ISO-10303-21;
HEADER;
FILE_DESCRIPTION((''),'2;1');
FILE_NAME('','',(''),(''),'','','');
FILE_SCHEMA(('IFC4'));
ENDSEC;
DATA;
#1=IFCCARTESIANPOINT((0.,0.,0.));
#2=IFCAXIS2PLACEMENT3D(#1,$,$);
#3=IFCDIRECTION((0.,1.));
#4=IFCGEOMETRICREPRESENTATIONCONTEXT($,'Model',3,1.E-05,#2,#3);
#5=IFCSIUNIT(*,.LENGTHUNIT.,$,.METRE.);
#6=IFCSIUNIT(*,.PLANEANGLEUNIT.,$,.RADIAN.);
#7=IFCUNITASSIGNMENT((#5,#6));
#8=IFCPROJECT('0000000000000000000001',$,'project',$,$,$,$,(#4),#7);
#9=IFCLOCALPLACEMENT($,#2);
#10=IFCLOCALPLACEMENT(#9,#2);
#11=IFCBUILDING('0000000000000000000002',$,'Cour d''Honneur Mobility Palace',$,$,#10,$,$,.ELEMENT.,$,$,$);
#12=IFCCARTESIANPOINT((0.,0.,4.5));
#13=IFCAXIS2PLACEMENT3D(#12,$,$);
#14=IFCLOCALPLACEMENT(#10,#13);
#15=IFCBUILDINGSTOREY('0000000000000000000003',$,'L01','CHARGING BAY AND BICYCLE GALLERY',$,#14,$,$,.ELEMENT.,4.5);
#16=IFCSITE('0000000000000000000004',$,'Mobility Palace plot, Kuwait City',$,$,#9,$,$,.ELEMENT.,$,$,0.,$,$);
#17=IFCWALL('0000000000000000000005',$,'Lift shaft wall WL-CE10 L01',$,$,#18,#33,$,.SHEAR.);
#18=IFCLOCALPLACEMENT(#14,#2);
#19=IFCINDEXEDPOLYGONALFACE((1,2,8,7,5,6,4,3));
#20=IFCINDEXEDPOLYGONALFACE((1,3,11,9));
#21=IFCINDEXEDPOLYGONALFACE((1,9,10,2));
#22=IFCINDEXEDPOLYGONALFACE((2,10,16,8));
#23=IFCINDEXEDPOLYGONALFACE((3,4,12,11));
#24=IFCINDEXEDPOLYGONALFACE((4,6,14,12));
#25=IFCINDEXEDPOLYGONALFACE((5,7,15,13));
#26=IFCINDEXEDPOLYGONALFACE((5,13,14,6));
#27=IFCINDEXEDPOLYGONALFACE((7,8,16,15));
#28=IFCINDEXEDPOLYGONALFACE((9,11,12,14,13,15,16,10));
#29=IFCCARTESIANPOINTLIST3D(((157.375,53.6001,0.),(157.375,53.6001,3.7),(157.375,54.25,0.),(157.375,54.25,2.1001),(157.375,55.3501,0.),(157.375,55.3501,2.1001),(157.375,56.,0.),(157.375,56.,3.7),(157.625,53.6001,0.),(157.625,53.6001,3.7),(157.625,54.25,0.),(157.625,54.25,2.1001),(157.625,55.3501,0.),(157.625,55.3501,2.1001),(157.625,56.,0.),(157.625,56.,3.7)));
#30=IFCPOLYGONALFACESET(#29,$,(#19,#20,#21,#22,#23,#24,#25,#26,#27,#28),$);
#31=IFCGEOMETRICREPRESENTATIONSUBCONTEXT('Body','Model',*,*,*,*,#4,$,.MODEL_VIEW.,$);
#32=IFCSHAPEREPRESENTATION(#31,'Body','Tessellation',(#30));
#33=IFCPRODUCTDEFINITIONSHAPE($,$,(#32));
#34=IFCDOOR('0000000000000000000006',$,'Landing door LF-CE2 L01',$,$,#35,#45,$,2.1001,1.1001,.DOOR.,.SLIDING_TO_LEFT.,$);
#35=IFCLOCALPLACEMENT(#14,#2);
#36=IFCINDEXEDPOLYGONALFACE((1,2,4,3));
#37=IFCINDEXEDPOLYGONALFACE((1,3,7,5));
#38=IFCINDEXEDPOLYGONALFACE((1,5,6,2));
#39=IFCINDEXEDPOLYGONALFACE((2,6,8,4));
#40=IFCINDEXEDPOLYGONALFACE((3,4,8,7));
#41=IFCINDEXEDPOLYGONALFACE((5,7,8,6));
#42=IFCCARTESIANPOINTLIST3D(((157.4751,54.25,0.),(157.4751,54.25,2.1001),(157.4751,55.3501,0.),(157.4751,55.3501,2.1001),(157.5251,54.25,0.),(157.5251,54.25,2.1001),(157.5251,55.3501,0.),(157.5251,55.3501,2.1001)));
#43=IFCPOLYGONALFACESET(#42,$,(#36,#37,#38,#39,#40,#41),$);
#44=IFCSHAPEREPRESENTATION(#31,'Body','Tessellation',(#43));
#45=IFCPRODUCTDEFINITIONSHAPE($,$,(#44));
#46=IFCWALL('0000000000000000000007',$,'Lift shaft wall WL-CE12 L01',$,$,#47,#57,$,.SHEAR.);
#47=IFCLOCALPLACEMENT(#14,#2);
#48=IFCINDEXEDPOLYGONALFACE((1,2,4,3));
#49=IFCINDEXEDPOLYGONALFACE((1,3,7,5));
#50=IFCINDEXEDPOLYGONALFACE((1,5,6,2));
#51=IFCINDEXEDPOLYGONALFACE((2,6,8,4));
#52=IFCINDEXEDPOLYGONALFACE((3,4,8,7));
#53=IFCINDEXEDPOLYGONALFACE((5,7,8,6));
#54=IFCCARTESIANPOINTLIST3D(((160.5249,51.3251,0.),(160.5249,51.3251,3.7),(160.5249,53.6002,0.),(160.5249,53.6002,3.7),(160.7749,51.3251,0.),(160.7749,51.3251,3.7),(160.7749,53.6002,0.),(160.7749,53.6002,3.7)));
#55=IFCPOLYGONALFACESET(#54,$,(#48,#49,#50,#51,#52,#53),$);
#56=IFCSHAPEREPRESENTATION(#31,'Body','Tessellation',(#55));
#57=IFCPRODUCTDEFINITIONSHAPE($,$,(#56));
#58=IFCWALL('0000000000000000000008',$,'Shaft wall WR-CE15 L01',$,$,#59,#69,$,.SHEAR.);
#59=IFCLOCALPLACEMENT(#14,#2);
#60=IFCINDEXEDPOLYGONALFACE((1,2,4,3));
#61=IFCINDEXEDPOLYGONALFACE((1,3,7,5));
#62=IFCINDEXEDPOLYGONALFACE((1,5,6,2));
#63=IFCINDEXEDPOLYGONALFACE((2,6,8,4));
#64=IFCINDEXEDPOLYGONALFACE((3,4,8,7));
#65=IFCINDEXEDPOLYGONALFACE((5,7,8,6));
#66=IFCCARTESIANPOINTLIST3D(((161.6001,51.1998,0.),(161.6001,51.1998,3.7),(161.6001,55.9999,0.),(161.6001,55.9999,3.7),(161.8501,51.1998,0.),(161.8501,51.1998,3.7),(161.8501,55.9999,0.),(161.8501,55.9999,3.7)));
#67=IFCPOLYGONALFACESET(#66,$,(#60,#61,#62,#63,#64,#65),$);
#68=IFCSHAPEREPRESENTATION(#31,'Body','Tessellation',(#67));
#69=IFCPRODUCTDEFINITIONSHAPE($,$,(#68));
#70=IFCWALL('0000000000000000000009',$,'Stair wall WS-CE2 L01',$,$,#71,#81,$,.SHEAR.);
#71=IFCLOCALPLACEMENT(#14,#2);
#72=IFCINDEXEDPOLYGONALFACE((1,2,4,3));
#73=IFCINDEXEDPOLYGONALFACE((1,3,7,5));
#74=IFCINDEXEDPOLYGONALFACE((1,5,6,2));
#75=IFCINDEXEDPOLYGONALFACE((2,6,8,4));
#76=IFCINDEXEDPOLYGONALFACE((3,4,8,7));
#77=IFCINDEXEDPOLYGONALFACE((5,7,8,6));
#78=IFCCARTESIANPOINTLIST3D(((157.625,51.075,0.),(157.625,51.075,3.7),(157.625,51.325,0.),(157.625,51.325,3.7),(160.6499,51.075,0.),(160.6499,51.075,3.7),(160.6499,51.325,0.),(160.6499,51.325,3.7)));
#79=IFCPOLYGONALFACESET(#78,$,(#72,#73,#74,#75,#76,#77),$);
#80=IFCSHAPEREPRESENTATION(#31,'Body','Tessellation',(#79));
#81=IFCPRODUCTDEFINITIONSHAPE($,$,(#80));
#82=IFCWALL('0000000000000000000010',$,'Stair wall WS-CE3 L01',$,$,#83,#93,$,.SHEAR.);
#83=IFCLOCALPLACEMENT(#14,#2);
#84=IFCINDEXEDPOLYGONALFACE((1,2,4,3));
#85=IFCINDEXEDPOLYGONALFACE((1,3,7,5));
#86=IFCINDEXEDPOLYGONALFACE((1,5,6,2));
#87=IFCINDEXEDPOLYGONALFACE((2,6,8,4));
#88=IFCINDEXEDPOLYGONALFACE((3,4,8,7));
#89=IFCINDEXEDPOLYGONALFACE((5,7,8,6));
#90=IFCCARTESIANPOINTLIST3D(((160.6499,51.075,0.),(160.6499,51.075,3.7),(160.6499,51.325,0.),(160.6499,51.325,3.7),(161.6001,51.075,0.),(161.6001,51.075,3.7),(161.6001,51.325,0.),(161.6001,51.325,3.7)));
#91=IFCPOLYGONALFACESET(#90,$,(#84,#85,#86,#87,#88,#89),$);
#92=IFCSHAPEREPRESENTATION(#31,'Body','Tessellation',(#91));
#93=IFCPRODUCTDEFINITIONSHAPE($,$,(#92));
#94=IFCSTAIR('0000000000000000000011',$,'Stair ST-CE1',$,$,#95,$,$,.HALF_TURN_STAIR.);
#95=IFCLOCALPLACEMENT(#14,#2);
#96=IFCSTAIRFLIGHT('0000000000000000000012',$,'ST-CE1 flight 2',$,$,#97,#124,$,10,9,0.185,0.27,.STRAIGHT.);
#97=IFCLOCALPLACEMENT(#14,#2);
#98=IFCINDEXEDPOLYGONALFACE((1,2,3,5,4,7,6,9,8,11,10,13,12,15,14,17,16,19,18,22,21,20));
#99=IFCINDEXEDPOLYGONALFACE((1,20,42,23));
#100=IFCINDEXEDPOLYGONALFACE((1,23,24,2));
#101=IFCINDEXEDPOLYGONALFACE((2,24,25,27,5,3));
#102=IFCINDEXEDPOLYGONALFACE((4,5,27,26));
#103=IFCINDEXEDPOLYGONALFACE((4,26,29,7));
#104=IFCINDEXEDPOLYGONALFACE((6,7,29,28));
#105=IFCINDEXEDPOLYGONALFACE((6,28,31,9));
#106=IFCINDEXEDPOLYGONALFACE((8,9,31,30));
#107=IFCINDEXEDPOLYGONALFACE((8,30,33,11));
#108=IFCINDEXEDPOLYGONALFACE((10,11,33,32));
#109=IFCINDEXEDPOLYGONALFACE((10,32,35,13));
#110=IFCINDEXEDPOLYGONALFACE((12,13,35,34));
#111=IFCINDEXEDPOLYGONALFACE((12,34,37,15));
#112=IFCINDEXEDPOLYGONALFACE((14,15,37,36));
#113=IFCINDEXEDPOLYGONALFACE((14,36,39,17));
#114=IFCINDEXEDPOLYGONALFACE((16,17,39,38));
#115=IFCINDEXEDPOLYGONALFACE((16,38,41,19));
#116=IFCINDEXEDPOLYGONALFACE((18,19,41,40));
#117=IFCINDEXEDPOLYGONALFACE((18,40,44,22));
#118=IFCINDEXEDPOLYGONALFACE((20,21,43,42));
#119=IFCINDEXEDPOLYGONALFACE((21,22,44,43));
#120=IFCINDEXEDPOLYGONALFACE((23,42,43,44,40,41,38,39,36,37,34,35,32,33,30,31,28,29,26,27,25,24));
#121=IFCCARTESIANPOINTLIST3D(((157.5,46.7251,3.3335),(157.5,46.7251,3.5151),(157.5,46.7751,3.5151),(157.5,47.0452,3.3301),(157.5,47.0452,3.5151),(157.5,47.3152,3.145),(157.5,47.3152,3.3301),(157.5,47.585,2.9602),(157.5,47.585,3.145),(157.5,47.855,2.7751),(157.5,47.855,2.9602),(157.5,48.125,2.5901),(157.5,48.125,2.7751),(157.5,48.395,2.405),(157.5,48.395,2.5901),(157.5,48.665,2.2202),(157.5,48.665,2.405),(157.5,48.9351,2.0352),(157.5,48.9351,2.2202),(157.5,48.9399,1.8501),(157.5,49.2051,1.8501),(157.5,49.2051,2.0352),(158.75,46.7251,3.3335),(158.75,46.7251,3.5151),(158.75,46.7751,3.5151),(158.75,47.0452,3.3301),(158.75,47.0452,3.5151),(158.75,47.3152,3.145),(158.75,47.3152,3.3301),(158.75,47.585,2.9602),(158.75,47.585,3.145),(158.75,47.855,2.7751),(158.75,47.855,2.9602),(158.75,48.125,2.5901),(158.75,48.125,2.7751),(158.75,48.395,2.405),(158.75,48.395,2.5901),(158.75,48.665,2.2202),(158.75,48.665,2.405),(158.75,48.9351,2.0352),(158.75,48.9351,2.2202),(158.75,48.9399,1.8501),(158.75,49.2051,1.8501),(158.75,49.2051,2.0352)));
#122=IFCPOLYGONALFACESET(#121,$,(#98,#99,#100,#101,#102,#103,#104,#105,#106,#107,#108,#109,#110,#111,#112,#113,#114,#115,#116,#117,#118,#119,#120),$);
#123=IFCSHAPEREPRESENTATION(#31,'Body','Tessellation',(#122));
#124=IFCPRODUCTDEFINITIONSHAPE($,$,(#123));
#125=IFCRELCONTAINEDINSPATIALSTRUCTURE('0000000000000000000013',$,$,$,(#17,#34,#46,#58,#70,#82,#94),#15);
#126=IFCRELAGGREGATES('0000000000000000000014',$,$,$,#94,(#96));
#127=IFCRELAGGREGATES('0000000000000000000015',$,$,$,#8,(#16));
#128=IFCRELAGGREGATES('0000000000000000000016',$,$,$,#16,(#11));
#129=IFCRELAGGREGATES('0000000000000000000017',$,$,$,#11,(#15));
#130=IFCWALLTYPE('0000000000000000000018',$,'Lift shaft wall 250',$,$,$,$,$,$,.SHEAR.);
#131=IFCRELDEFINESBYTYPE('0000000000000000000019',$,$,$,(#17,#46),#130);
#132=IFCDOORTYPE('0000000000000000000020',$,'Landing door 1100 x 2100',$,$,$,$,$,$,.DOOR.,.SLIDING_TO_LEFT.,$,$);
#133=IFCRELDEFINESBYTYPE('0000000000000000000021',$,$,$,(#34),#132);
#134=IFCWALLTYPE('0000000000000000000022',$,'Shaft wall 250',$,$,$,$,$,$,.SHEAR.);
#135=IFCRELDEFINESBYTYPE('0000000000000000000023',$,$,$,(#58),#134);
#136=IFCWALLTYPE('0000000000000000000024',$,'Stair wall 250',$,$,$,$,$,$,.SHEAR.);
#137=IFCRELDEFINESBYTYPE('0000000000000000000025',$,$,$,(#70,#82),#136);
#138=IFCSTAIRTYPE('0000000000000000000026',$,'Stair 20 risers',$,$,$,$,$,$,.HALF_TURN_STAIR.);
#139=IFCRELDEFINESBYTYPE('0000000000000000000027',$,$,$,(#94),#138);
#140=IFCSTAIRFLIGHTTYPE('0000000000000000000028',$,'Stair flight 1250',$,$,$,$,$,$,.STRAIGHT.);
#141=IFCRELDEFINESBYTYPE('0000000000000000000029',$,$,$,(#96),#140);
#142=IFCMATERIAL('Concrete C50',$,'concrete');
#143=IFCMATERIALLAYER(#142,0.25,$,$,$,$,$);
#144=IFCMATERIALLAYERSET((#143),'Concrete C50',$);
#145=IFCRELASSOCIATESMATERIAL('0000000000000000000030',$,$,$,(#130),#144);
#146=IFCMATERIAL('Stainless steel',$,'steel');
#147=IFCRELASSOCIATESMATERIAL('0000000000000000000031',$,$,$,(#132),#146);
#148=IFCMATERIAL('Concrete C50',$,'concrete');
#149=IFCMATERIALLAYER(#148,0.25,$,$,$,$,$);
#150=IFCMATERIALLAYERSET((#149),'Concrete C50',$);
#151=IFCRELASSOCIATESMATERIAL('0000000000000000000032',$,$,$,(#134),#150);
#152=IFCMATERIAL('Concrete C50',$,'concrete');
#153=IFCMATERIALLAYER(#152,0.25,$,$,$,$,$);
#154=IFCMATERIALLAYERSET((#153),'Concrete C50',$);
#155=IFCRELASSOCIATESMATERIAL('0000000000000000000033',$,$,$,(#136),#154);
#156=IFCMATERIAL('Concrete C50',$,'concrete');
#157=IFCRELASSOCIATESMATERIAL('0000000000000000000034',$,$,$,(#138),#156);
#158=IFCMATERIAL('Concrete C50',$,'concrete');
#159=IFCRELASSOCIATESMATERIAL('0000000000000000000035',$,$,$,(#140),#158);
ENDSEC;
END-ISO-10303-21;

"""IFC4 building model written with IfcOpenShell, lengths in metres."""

from ifc_helpers import new_model, si_unit, direction, frame, frame_2d, origin, place, context, subcontext, project, spatial, polyline, rectangle, outline, extrude, material, layer, layer_set, type_object, element, fill, aggregate, save


model = new_model("IFC4")

# Units and contexts
model_context = context("Model", 3, precision=1e-05, world=origin(), true_north=direction((0.0, 1.0)))
body_context = subcontext(model_context, "Body", "Model", "MODEL_VIEW")
ifc_project = project(units=[si_unit("LENGTHUNIT", "METRE"), si_unit("PLANEANGLEUNIT", "RADIAN")], contexts=[model_context])

# Site, building, storey
site_placement = place(None, origin())
site = spatial("IfcSite", under=ifc_project, at=site_placement, Name="Mobility Palace plot, Kuwait City", CompositionType="ELEMENT", RefElevation=0.0)
building_placement = place(site_placement, origin())
building = spatial("IfcBuilding", under=site, at=building_placement, Name="Cour d'Honneur Mobility Palace", CompositionType="ELEMENT")
storey_placement = place(building_placement, frame((0.0, 0.0, 4.5)))
storey = spatial("IfcBuildingStorey", under=building, at=storey_placement, Name="L01", Description="CHARGING BAY AND BICYCLE GALLERY", CompositionType="ELEMENT", Elevation=4.5)

# Shared definitions
ifc_material_1 = material(Name="Concrete C50", Category="concrete")
ifc_layer_1 = layer(ifc_material_1, 0.25)
ifc_layer_set_1 = layer_set([ifc_layer_1], Name="Concrete C50")
wall_type_1 = type_object("IfcWallType", Name="Lift shaft wall 250", PredefinedType="SHEAR", material=ifc_layer_set_1)

# Wall, opening, door
ifc_material_2 = material(Name="Stainless steel", Category="steel")
door_type = type_object("IfcDoorType", Name="Landing door 1100 x 2100", OperationType="SLIDING_TO_LEFT", PredefinedType="DOOR", material=ifc_material_2)
wall_1_placement = place(storey_placement, frame((157.5, 53.6001, 0.0), z_axis=(0.0, 0.0, 1.0), x_axis=(0.0, 1.0, 0.0)))
wall_1 = element("IfcWall", 1, at=wall_1_placement, inside=storey, type_object=wall_type_1, Name="Lift shaft wall WL-CE10 L01", PredefinedType="SHEAR", context=body_context, shape_type="SweptSolid", body=[
    extrude(rectangle(XDim=2.3999, YDim=0.25, at=frame_2d((1.2, 0.0))), origin(), (0.0, 0.0, 1.0), 3.7),
])
opening_1_placement = place(wall_1_placement, frame((0.6499, 0.0, 0.0)))
opening_1 = element("IfcOpeningElement", 2, at=opening_1_placement, cuts=wall_1, PredefinedType="OPENING", context=body_context, shape_type="SweptSolid", body=[
    extrude(rectangle(XDim=1.1001, YDim=2.1001, at=frame_2d((0.55, 1.05))), frame((0.0, 0.135, 0.0), z_axis=(0.0, -1.0, 0.0), x_axis=(1.0, 0.0, 0.0)), (0.0, 0.0, 1.0), 0.27),
])
door_1_placement = place(opening_1_placement, origin())
door_1 = element("IfcDoor", 3, at=door_1_placement, inside=storey, type_object=door_type, Name="Landing door LF-CE2 L01", OperationType="SLIDING_TO_LEFT", OverallHeight=2.1001, OverallWidth=1.1001, PredefinedType="DOOR", context=body_context, shape_type="SweptSolid", body=[
    extrude(rectangle(XDim=1.1001, YDim=2.1001, at=frame_2d((0.55, 1.05))), frame((0.0, 0.0249, 0.0), z_axis=(0.0, -1.0, 0.0), x_axis=(1.0, 0.0, 0.0)), (0.0, 0.0, 1.0), 0.05),
])
fill(opening_1, door_1)

# Walls
wall_2_placement = place(storey_placement, frame((160.6499, 51.325, 0.0), z_axis=(0.0, 0.0, 1.0), x_axis=(0.0, 1.0, 0.0)))
element("IfcWall", 4, at=wall_2_placement, inside=storey, type_object=wall_type_1, Name="Lift shaft wall WL-CE12 L01", PredefinedType="SHEAR", context=body_context, shape_type="SweptSolid", body=[
    extrude(rectangle(XDim=2.2751, YDim=0.25, at=frame_2d((1.1377, 0.0))), origin(), (0.0, 0.0, 1.0), 3.7),
])
ifc_material_3 = material(Name="Concrete C50", Category="concrete")
ifc_layer_2 = layer(ifc_material_3, 0.25)
ifc_layer_set_2 = layer_set([ifc_layer_2], Name="Concrete C50")
wall_type_2 = type_object("IfcWallType", Name="Shaft wall 250", PredefinedType="SHEAR", material=ifc_layer_set_2)
wall_3_placement = place(storey_placement, frame((161.7251, 51.2, 0.0), z_axis=(0.0, 0.0, 1.0), x_axis=(0.0, 1.0, 0.0)))
element("IfcWall", 5, at=wall_3_placement, inside=storey, type_object=wall_type_2, Name="Shaft wall WR-CE15 L01", PredefinedType="SHEAR", context=body_context, shape_type="SweptSolid", body=[
    extrude(rectangle(XDim=4.8, YDim=0.25, at=frame_2d((2.3999, 0.0))), origin(), (0.0, 0.0, 1.0), 3.7),
])
ifc_material_4 = material(Name="Concrete C50", Category="concrete")
ifc_layer_3 = layer(ifc_material_4, 0.25)
ifc_layer_set_3 = layer_set([ifc_layer_3], Name="Concrete C50")
wall_type_3 = type_object("IfcWallType", Name="Stair wall 250", PredefinedType="SHEAR", material=ifc_layer_set_3)
wall_4_placement = place(storey_placement, frame((157.625, 51.2, 0.0), z_axis=(0.0, 0.0, 1.0), x_axis=(1.0, 0.0, 0.0)))
element("IfcWall", 6, at=wall_4_placement, inside=storey, type_object=wall_type_3, Name="Stair wall WS-CE2 L01", PredefinedType="SHEAR", context=body_context, shape_type="SweptSolid", body=[
    extrude(rectangle(XDim=3.0249, YDim=0.25, at=frame_2d((1.5125, 0.0))), origin(), (0.0, 0.0, 1.0), 3.7),
])
wall_5_placement = place(storey_placement, frame((160.6499, 51.2, 0.0), z_axis=(0.0, 0.0, 1.0), x_axis=(1.0, 0.0, 0.0)))
element("IfcWall", 7, at=wall_5_placement, inside=storey, type_object=wall_type_3, Name="Stair wall WS-CE3 L01", PredefinedType="SHEAR", context=body_context, shape_type="SweptSolid", body=[
    extrude(rectangle(XDim=0.9502, YDim=0.25, at=frame_2d((0.4751, 0.0))), origin(), (0.0, 0.0, 1.0), 3.7),
])

# Stair, stair flight
ifc_material_5 = material(Name="Concrete C50", Category="concrete")
stair_type = type_object("IfcStairType", Name="Stair 20 risers", PredefinedType="HALF_TURN_STAIR", material=ifc_material_5)
stair_placement = place(storey_placement, origin())
stair = element("IfcStair", 8, at=stair_placement, inside=storey, type_object=stair_type, Name="Stair ST-CE1", PredefinedType="HALF_TURN_STAIR")
ifc_material_6 = material(Name="Concrete C50", Category="concrete")
stair_flight_type = type_object("IfcStairFlightType", Name="Stair flight 1250", PredefinedType="STRAIGHT", material=ifc_material_6)
stair_flight_placement = place(storey_placement, frame((158.125, 49.2051, 1.8501), z_axis=(0.0, 0.0, 1.0), x_axis=(0.0, -1.0, 0.0)))
stair_flight = element("IfcStairFlight", 9, at=stair_flight_placement, type_object=stair_flight_type, Name="ST-CE1 flight 2", NumberOfRisers=10, NumberOfTreads=9, PredefinedType="STRAIGHT", RiserHeight=0.185, TreadLength=0.27, context=body_context, shape_type="SweptSolid", body=[
    extrude(outline(polyline([(0.0, 0.0), (0.0, 0.1851), (0.27, 0.1851), (0.27, 0.3701), (0.54, 0.3701), (0.54, 0.5549), (0.8101, 0.5549), (0.8101, 0.74), (1.0801, 0.74), (1.0801, 0.925), (1.3501, 0.925), (1.3501, 1.1101), (1.6201, 1.1101), (1.6201, 1.2949), (1.8899, 1.2949), (1.8899, 1.48), (2.1599, 1.48), (2.1599, 1.665), (2.4299, 1.665), (2.48, 1.665), (2.48, 1.4834), (0.2651, 0.0), (0.0, 0.0)])), frame((0.0, 0.625, 0.0), z_axis=(0.0, -1.0, 0.0), x_axis=(1.0, 0.0, 0.0)), (0.0, 0.0, 1.0), 1.25),
])
aggregate(stair, [stair_flight])

save(model, "model.ifc")
